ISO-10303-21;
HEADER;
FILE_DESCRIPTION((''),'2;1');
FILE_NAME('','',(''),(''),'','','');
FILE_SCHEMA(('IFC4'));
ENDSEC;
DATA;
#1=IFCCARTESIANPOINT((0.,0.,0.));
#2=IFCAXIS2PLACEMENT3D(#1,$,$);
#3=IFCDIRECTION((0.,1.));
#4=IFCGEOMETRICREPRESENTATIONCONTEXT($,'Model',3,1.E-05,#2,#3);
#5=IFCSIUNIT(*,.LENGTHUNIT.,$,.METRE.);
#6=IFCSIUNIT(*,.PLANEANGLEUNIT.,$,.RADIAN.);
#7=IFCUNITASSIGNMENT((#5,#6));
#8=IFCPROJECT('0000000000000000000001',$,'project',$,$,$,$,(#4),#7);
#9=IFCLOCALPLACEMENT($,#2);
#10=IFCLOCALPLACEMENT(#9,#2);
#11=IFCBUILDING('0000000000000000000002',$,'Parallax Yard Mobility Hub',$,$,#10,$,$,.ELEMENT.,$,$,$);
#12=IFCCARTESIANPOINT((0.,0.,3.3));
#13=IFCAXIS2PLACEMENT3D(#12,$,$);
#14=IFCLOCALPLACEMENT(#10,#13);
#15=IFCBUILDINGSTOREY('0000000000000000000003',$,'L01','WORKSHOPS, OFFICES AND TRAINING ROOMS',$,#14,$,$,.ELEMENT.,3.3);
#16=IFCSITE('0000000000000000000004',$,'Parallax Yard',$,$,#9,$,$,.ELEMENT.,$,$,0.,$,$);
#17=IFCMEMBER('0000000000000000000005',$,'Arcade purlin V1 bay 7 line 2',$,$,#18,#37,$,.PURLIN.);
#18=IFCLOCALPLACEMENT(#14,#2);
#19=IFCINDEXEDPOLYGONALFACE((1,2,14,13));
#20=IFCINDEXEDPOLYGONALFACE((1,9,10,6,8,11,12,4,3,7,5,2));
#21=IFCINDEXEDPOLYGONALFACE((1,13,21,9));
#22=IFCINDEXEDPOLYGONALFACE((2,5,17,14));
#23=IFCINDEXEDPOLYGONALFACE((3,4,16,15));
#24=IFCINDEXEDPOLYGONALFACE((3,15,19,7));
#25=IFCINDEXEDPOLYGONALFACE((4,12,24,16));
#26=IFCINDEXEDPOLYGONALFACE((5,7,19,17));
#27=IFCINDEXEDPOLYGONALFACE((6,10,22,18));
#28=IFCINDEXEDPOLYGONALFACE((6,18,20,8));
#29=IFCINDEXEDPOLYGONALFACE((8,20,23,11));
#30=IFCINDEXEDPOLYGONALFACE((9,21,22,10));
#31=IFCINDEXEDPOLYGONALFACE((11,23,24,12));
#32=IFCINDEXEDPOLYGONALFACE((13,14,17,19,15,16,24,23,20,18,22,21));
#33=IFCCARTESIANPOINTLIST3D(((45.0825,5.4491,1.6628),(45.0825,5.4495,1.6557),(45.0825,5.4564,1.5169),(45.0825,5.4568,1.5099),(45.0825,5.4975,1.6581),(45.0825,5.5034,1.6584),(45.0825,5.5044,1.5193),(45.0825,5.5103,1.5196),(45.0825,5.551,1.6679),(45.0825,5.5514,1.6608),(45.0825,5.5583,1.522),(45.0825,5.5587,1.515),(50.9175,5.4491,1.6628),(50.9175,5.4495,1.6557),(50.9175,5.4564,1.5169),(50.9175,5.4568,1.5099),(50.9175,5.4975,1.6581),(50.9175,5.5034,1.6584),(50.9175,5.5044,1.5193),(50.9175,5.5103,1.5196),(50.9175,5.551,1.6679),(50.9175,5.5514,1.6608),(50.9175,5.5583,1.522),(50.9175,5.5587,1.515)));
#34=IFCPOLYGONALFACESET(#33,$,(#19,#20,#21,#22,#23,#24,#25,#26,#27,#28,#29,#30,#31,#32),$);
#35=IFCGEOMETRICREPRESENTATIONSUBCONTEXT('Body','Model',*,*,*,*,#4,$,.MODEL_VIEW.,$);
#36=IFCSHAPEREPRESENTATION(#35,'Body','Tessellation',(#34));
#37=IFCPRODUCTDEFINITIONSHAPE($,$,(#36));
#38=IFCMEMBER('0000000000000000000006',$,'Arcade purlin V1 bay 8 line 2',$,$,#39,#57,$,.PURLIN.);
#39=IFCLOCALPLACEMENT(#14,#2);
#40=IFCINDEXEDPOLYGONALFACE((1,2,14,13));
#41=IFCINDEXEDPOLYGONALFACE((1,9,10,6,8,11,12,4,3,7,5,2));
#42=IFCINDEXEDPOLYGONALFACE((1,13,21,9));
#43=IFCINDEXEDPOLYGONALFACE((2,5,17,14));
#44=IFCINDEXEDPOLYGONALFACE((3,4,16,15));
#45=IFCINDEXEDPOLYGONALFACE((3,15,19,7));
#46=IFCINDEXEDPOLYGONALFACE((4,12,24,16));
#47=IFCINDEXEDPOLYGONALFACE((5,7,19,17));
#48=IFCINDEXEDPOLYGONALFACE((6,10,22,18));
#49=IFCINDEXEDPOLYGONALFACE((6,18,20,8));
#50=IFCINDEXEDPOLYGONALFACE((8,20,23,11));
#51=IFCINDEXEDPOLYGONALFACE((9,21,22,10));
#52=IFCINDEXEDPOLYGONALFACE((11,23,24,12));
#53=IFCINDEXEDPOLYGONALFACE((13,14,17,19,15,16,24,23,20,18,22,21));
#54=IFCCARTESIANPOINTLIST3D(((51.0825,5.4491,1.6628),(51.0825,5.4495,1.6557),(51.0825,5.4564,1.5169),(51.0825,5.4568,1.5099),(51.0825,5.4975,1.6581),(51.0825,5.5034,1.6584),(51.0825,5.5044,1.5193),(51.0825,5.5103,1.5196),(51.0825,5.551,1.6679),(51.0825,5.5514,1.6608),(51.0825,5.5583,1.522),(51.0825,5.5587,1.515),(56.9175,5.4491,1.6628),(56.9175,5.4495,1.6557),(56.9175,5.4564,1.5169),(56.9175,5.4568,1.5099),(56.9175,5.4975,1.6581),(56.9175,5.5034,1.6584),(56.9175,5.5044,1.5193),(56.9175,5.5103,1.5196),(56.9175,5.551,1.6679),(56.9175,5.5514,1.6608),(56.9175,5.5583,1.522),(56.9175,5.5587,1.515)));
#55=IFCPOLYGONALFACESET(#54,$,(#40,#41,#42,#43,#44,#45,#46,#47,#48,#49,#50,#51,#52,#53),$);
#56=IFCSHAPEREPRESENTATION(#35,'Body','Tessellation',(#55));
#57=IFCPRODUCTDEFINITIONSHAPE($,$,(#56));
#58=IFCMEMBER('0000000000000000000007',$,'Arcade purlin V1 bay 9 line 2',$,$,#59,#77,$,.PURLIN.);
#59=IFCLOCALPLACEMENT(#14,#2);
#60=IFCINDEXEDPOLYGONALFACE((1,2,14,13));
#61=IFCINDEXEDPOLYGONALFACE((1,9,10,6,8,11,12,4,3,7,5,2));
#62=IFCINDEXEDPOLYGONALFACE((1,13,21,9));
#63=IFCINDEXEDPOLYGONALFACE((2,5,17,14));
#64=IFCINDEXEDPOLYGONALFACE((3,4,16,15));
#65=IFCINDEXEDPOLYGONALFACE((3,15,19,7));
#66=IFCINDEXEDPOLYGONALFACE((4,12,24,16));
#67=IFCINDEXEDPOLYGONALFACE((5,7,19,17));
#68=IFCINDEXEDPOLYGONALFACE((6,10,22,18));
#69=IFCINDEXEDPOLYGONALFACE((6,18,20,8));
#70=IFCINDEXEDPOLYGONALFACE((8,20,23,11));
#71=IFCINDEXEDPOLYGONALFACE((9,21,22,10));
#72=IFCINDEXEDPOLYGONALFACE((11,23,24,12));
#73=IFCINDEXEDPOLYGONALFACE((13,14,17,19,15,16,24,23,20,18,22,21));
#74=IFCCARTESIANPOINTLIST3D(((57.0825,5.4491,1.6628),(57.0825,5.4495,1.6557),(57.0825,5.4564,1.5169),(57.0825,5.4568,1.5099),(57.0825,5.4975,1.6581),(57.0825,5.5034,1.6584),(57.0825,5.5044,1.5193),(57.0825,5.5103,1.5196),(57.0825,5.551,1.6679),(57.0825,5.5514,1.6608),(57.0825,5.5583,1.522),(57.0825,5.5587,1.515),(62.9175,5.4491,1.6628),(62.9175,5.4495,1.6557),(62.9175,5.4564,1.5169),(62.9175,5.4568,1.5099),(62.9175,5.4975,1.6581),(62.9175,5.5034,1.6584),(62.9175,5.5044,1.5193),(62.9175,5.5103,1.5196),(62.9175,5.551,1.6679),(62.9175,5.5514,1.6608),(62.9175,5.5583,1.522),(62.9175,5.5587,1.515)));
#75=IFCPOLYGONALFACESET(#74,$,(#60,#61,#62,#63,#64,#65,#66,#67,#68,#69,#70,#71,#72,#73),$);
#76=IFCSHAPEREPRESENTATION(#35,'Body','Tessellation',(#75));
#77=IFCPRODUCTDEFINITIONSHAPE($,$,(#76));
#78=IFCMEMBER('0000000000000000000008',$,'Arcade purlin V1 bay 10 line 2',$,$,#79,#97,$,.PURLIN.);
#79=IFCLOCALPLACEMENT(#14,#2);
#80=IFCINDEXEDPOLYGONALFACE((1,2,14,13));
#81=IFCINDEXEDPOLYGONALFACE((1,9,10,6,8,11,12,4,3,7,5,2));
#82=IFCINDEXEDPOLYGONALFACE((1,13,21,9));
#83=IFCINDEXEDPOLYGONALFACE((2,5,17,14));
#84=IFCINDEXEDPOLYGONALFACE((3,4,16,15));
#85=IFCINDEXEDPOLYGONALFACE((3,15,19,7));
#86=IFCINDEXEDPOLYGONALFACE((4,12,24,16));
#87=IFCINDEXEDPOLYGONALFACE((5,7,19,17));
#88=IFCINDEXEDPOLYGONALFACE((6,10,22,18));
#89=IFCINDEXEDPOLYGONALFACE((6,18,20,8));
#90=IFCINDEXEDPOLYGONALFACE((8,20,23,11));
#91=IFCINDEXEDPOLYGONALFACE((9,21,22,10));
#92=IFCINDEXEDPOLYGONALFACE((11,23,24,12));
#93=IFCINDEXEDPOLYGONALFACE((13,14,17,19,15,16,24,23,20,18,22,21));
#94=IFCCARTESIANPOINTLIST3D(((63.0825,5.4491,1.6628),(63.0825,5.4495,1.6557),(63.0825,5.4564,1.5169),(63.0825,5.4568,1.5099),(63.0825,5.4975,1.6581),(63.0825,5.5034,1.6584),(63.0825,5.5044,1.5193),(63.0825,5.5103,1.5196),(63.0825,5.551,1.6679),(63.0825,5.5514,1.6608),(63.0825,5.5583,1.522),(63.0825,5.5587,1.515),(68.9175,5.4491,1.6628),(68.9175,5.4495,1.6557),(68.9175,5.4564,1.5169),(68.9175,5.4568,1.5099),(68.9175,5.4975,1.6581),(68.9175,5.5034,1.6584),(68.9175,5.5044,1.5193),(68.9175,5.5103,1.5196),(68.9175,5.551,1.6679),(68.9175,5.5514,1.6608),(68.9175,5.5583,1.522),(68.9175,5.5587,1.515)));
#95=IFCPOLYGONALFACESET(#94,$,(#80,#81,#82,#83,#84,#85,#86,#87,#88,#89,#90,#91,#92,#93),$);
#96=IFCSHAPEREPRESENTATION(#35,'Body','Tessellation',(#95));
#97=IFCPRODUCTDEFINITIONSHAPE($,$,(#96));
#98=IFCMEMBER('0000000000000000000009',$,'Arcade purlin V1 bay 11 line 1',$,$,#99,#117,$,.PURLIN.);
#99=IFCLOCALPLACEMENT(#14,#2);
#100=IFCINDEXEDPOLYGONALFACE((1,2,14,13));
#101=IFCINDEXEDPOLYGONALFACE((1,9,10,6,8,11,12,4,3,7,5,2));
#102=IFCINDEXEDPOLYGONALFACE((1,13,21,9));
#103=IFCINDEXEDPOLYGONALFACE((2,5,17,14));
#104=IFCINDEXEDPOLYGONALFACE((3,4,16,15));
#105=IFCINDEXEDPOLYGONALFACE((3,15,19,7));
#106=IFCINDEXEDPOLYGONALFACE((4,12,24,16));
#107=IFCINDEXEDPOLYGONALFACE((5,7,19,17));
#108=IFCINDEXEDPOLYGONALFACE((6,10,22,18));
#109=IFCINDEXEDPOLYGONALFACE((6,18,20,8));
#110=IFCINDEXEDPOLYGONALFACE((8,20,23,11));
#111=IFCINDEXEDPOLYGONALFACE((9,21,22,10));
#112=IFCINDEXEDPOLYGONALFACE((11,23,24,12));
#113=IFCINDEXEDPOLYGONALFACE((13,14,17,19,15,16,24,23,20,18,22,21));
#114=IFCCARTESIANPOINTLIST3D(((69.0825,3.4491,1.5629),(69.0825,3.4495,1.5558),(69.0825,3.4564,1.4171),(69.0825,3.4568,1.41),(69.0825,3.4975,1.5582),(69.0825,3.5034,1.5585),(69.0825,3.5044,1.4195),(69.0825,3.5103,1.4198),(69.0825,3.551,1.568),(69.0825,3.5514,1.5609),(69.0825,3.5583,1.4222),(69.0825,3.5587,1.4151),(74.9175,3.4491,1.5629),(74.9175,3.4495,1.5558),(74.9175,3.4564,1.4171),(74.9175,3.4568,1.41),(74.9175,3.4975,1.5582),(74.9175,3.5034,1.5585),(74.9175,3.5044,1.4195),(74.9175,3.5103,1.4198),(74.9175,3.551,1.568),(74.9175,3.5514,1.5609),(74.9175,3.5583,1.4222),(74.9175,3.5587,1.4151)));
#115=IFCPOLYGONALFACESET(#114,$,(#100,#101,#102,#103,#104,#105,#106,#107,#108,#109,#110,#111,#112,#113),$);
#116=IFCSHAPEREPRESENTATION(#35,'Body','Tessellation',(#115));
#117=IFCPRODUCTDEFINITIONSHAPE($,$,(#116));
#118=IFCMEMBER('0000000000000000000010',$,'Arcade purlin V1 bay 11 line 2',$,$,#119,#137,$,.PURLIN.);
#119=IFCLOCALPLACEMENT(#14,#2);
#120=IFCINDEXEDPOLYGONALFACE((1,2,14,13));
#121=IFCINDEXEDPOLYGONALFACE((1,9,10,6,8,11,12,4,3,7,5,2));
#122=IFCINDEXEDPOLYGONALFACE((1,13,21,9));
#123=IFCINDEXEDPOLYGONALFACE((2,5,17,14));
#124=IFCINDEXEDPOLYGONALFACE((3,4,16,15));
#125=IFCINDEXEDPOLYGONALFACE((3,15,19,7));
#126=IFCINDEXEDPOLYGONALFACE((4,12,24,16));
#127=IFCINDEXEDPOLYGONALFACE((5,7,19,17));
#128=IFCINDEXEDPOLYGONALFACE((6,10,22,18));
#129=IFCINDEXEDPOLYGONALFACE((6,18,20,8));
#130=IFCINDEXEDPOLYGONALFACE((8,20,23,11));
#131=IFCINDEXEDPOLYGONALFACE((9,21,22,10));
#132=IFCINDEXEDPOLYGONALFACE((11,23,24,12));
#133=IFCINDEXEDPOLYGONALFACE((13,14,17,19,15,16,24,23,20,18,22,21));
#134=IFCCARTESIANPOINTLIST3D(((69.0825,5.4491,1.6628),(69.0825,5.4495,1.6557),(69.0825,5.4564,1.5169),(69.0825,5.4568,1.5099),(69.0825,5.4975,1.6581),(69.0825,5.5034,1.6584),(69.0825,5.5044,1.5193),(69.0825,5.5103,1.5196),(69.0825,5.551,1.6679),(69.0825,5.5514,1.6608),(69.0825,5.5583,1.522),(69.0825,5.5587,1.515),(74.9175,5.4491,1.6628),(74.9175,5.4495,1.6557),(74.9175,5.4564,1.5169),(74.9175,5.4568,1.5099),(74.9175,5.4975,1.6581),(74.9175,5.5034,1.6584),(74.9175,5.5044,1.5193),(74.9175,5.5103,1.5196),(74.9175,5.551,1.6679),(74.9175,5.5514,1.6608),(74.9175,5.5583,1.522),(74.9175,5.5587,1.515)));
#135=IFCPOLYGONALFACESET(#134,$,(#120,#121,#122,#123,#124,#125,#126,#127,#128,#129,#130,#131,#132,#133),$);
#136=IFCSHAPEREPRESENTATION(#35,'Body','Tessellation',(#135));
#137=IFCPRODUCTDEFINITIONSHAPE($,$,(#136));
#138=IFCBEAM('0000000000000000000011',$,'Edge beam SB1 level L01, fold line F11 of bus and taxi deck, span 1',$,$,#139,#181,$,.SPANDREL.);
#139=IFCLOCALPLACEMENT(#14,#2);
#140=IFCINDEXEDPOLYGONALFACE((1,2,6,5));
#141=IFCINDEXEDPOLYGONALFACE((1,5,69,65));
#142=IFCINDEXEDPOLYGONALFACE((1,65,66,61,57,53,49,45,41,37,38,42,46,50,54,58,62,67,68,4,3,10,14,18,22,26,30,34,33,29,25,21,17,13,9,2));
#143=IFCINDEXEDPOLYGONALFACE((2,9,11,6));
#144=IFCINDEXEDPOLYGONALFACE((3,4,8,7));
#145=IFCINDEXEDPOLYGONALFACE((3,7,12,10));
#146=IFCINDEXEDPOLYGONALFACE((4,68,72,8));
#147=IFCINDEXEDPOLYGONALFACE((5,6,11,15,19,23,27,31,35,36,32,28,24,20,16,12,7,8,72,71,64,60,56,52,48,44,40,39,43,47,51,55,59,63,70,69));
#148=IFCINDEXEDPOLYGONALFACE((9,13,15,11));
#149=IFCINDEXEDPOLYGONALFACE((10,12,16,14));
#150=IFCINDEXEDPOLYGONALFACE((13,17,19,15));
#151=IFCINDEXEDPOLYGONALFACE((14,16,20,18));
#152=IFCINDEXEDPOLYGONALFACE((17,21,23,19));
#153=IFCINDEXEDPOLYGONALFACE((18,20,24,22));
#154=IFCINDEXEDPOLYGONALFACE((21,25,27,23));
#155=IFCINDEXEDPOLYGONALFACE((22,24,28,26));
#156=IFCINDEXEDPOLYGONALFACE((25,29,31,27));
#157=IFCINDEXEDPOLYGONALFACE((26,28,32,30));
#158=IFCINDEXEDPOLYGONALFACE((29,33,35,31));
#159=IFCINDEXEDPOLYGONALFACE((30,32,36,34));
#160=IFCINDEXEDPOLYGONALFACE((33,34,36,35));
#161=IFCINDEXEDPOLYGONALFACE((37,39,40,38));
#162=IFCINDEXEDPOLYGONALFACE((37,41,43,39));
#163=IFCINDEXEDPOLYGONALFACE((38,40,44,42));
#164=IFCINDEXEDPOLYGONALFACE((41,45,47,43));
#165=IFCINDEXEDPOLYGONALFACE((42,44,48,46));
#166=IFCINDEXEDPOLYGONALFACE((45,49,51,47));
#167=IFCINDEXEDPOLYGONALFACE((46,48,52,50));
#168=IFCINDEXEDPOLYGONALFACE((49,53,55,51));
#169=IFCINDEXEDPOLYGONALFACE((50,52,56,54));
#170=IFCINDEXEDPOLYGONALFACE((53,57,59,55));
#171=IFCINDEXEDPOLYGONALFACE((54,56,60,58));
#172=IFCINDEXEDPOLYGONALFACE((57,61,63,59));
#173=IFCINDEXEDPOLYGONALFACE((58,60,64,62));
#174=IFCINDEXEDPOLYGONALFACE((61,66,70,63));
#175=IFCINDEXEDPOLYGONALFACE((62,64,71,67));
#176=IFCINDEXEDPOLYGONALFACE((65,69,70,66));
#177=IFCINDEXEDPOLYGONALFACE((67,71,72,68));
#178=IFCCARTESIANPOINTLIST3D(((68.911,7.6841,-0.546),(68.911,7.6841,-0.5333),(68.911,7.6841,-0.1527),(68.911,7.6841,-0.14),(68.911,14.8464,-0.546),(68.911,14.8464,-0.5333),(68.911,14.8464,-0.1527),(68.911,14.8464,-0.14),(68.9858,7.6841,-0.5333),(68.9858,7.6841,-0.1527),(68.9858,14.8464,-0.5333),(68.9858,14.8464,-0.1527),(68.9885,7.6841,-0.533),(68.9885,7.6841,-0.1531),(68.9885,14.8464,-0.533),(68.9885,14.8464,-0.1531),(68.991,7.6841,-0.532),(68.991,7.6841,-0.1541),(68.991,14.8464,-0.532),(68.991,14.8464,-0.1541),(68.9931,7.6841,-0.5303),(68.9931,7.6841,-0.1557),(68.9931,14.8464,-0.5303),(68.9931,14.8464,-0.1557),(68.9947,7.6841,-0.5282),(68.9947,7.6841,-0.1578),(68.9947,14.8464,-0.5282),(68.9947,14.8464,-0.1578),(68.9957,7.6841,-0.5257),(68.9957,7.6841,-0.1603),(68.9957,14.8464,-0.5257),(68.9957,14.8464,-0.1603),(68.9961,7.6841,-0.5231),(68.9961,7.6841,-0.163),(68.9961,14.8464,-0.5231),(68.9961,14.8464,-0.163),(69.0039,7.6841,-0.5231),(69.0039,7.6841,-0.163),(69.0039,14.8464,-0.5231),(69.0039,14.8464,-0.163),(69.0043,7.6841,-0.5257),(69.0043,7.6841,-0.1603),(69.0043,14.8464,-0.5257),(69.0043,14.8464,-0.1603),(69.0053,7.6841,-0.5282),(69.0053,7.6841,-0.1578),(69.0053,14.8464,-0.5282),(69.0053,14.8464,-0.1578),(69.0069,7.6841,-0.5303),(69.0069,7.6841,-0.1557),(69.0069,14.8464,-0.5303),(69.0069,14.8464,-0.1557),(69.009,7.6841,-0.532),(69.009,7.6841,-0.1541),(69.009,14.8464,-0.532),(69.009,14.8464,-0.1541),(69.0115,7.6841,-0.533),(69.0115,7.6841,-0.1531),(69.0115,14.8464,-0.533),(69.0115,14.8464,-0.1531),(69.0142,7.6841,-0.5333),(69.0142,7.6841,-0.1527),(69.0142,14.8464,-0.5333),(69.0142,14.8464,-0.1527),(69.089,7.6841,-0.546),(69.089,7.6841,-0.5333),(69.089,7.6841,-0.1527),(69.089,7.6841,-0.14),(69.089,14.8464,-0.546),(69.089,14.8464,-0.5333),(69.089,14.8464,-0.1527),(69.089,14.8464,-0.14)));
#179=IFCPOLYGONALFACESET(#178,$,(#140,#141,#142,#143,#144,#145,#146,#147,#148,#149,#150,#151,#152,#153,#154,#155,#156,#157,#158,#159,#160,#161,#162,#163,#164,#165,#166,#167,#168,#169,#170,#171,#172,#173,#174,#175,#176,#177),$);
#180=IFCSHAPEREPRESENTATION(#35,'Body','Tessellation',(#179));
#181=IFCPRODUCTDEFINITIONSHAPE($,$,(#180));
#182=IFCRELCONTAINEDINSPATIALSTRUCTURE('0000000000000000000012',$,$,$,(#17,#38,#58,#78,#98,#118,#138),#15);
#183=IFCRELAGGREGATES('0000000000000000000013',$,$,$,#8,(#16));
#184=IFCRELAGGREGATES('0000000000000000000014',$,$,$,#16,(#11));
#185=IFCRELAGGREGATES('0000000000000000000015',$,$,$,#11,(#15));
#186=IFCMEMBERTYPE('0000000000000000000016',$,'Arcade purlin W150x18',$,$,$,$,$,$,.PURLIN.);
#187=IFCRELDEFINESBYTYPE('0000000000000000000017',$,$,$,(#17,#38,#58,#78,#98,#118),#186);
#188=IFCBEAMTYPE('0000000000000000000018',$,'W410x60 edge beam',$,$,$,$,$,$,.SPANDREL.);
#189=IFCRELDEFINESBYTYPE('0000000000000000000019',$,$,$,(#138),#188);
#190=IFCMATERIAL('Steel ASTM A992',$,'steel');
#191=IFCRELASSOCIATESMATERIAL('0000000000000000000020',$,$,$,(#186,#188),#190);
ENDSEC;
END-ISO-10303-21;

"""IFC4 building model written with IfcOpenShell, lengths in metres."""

from ifc_helpers import new_model, si_unit, direction, frame, origin, origin_2d, place, context, subcontext, project, spatial, i_section, extrude, material, material_profile, profile_set, type_object, element, save


model = new_model("IFC4")

# Units and contexts
model_context = context("Model", 3, precision=1e-05, world=origin(), true_north=direction((0.0, 1.0)))
body_context = subcontext(model_context, "Body", "Model", "MODEL_VIEW")
ifc_project = project(units=[si_unit("LENGTHUNIT", "METRE"), si_unit("PLANEANGLEUNIT", "RADIAN")], contexts=[model_context])

# Site, building, storey
site_placement = place(None, origin())
site = spatial("IfcSite", under=ifc_project, at=site_placement, Name="Parallax Yard", CompositionType="ELEMENT", RefElevation=0.0)
building_placement = place(site_placement, origin())
building = spatial("IfcBuilding", under=site, at=building_placement, Name="Parallax Yard Mobility Hub", CompositionType="ELEMENT")
storey_placement = place(building_placement, frame((0.0, 0.0, 3.3)))
storey = spatial("IfcBuildingStorey", under=building, at=storey_placement, Name="L01", Description="WORKSHOPS, OFFICES AND TRAINING ROOMS", CompositionType="ELEMENT", Elevation=3.3)

# Shared definitions
ifc_material_1 = material(Name="Steel ASTM A992", Category="steel")

# Members
ifc_material_profile_1 = material_profile(ifc_material_1, i_section(OverallWidth=0.1021, OverallDepth=0.1531, WebThickness=0.0059, FlangeThickness=0.0071, at=origin_2d()), Name="W150x18")
ifc_profile_set_1 = profile_set([ifc_material_profile_1], Name="Steel ASTM A992")
member_type = type_object("IfcMemberType", Name="Arcade purlin W150x18", PredefinedType="PURLIN", material=ifc_profile_set_1)
for number, where, z_axis, x_axis, name in (
    (1, (45.0825, 5.5039, 1.5889), (1.0, 0.0, 0.0), (0.0, 0.998752, 0.049938), "Arcade purlin V1 bay 7 line 2"),
    (2, (51.0825, 5.5039, 1.5889), (1.0, 0.0, 0.0), (0.0, 0.998752, 0.049938), "Arcade purlin V1 bay 8 line 2"),
    (3, (57.0825, 5.5039, 1.5889), (1.0, 0.0, 0.0), (0.0, 0.998752, 0.049938), "Arcade purlin V1 bay 9 line 2"),
    (4, (63.0825, 5.5039, 1.5889), (1.0, 0.0, 0.0), (0.0, 0.998752, 0.049938), "Arcade purlin V1 bay 10 line 2"),
    (5, (69.0825, 3.5039, 1.489), (1.0, 0.0, 0.0), (0.0, 0.998752, 0.049938), "Arcade purlin V1 bay 11 line 1"),
    (6, (69.0825, 5.5039, 1.5889), (1.0, 0.0, 0.0), (0.0, 0.998752, 0.049938), "Arcade purlin V1 bay 11 line 2"),
):
    element("IfcMember", number, at=place(storey_placement, frame(where, z_axis=z_axis, x_axis=x_axis)), inside=storey, type_object=member_type, Name=name, PredefinedType="PURLIN", context=body_context, shape_type="SweptSolid", body=[
        extrude(i_section(OverallWidth=0.1021, OverallDepth=0.1531, WebThickness=0.0059, FlangeThickness=0.0071, at=origin_2d()), origin(), (0.0, 0.0, 1.0), 5.835),
    ])

# Beam
ifc_material_profile_2 = material_profile(ifc_material_1, i_section(OverallWidth=0.178, OverallDepth=0.406, WebThickness=0.0078, FlangeThickness=0.0127, FilletRadius=0.0103, at=origin_2d()), Name="W410x60")
ifc_profile_set_2 = profile_set([ifc_material_profile_2], Name="Steel ASTM A992")
beam_type_1 = type_object("IfcBeamType", Name="W410x60 edge beam", PredefinedType="SPANDREL", material=ifc_profile_set_2)
beam_1_placement = place(storey_placement, frame((69.0, 7.6841, -0.343), z_axis=(0.0, 1.0, 0.0), x_axis=(-1.0, 0.0, 0.0)))
element("IfcBeam", 7, at=beam_1_placement, inside=storey, type_object=beam_type_1, Name="Edge beam SB1 level L01, fold line F11 of bus and taxi deck, span 1", PredefinedType="SPANDREL", context=body_context, shape_type="SweptSolid", body=[
    extrude(i_section(OverallWidth=0.178, OverallDepth=0.406, WebThickness=0.0078, FlangeThickness=0.0127, FilletRadius=0.0103, at=origin_2d()), origin(), (0.0, 0.0, 1.0), 7.1624),
])

save(model, "model.ifc")
